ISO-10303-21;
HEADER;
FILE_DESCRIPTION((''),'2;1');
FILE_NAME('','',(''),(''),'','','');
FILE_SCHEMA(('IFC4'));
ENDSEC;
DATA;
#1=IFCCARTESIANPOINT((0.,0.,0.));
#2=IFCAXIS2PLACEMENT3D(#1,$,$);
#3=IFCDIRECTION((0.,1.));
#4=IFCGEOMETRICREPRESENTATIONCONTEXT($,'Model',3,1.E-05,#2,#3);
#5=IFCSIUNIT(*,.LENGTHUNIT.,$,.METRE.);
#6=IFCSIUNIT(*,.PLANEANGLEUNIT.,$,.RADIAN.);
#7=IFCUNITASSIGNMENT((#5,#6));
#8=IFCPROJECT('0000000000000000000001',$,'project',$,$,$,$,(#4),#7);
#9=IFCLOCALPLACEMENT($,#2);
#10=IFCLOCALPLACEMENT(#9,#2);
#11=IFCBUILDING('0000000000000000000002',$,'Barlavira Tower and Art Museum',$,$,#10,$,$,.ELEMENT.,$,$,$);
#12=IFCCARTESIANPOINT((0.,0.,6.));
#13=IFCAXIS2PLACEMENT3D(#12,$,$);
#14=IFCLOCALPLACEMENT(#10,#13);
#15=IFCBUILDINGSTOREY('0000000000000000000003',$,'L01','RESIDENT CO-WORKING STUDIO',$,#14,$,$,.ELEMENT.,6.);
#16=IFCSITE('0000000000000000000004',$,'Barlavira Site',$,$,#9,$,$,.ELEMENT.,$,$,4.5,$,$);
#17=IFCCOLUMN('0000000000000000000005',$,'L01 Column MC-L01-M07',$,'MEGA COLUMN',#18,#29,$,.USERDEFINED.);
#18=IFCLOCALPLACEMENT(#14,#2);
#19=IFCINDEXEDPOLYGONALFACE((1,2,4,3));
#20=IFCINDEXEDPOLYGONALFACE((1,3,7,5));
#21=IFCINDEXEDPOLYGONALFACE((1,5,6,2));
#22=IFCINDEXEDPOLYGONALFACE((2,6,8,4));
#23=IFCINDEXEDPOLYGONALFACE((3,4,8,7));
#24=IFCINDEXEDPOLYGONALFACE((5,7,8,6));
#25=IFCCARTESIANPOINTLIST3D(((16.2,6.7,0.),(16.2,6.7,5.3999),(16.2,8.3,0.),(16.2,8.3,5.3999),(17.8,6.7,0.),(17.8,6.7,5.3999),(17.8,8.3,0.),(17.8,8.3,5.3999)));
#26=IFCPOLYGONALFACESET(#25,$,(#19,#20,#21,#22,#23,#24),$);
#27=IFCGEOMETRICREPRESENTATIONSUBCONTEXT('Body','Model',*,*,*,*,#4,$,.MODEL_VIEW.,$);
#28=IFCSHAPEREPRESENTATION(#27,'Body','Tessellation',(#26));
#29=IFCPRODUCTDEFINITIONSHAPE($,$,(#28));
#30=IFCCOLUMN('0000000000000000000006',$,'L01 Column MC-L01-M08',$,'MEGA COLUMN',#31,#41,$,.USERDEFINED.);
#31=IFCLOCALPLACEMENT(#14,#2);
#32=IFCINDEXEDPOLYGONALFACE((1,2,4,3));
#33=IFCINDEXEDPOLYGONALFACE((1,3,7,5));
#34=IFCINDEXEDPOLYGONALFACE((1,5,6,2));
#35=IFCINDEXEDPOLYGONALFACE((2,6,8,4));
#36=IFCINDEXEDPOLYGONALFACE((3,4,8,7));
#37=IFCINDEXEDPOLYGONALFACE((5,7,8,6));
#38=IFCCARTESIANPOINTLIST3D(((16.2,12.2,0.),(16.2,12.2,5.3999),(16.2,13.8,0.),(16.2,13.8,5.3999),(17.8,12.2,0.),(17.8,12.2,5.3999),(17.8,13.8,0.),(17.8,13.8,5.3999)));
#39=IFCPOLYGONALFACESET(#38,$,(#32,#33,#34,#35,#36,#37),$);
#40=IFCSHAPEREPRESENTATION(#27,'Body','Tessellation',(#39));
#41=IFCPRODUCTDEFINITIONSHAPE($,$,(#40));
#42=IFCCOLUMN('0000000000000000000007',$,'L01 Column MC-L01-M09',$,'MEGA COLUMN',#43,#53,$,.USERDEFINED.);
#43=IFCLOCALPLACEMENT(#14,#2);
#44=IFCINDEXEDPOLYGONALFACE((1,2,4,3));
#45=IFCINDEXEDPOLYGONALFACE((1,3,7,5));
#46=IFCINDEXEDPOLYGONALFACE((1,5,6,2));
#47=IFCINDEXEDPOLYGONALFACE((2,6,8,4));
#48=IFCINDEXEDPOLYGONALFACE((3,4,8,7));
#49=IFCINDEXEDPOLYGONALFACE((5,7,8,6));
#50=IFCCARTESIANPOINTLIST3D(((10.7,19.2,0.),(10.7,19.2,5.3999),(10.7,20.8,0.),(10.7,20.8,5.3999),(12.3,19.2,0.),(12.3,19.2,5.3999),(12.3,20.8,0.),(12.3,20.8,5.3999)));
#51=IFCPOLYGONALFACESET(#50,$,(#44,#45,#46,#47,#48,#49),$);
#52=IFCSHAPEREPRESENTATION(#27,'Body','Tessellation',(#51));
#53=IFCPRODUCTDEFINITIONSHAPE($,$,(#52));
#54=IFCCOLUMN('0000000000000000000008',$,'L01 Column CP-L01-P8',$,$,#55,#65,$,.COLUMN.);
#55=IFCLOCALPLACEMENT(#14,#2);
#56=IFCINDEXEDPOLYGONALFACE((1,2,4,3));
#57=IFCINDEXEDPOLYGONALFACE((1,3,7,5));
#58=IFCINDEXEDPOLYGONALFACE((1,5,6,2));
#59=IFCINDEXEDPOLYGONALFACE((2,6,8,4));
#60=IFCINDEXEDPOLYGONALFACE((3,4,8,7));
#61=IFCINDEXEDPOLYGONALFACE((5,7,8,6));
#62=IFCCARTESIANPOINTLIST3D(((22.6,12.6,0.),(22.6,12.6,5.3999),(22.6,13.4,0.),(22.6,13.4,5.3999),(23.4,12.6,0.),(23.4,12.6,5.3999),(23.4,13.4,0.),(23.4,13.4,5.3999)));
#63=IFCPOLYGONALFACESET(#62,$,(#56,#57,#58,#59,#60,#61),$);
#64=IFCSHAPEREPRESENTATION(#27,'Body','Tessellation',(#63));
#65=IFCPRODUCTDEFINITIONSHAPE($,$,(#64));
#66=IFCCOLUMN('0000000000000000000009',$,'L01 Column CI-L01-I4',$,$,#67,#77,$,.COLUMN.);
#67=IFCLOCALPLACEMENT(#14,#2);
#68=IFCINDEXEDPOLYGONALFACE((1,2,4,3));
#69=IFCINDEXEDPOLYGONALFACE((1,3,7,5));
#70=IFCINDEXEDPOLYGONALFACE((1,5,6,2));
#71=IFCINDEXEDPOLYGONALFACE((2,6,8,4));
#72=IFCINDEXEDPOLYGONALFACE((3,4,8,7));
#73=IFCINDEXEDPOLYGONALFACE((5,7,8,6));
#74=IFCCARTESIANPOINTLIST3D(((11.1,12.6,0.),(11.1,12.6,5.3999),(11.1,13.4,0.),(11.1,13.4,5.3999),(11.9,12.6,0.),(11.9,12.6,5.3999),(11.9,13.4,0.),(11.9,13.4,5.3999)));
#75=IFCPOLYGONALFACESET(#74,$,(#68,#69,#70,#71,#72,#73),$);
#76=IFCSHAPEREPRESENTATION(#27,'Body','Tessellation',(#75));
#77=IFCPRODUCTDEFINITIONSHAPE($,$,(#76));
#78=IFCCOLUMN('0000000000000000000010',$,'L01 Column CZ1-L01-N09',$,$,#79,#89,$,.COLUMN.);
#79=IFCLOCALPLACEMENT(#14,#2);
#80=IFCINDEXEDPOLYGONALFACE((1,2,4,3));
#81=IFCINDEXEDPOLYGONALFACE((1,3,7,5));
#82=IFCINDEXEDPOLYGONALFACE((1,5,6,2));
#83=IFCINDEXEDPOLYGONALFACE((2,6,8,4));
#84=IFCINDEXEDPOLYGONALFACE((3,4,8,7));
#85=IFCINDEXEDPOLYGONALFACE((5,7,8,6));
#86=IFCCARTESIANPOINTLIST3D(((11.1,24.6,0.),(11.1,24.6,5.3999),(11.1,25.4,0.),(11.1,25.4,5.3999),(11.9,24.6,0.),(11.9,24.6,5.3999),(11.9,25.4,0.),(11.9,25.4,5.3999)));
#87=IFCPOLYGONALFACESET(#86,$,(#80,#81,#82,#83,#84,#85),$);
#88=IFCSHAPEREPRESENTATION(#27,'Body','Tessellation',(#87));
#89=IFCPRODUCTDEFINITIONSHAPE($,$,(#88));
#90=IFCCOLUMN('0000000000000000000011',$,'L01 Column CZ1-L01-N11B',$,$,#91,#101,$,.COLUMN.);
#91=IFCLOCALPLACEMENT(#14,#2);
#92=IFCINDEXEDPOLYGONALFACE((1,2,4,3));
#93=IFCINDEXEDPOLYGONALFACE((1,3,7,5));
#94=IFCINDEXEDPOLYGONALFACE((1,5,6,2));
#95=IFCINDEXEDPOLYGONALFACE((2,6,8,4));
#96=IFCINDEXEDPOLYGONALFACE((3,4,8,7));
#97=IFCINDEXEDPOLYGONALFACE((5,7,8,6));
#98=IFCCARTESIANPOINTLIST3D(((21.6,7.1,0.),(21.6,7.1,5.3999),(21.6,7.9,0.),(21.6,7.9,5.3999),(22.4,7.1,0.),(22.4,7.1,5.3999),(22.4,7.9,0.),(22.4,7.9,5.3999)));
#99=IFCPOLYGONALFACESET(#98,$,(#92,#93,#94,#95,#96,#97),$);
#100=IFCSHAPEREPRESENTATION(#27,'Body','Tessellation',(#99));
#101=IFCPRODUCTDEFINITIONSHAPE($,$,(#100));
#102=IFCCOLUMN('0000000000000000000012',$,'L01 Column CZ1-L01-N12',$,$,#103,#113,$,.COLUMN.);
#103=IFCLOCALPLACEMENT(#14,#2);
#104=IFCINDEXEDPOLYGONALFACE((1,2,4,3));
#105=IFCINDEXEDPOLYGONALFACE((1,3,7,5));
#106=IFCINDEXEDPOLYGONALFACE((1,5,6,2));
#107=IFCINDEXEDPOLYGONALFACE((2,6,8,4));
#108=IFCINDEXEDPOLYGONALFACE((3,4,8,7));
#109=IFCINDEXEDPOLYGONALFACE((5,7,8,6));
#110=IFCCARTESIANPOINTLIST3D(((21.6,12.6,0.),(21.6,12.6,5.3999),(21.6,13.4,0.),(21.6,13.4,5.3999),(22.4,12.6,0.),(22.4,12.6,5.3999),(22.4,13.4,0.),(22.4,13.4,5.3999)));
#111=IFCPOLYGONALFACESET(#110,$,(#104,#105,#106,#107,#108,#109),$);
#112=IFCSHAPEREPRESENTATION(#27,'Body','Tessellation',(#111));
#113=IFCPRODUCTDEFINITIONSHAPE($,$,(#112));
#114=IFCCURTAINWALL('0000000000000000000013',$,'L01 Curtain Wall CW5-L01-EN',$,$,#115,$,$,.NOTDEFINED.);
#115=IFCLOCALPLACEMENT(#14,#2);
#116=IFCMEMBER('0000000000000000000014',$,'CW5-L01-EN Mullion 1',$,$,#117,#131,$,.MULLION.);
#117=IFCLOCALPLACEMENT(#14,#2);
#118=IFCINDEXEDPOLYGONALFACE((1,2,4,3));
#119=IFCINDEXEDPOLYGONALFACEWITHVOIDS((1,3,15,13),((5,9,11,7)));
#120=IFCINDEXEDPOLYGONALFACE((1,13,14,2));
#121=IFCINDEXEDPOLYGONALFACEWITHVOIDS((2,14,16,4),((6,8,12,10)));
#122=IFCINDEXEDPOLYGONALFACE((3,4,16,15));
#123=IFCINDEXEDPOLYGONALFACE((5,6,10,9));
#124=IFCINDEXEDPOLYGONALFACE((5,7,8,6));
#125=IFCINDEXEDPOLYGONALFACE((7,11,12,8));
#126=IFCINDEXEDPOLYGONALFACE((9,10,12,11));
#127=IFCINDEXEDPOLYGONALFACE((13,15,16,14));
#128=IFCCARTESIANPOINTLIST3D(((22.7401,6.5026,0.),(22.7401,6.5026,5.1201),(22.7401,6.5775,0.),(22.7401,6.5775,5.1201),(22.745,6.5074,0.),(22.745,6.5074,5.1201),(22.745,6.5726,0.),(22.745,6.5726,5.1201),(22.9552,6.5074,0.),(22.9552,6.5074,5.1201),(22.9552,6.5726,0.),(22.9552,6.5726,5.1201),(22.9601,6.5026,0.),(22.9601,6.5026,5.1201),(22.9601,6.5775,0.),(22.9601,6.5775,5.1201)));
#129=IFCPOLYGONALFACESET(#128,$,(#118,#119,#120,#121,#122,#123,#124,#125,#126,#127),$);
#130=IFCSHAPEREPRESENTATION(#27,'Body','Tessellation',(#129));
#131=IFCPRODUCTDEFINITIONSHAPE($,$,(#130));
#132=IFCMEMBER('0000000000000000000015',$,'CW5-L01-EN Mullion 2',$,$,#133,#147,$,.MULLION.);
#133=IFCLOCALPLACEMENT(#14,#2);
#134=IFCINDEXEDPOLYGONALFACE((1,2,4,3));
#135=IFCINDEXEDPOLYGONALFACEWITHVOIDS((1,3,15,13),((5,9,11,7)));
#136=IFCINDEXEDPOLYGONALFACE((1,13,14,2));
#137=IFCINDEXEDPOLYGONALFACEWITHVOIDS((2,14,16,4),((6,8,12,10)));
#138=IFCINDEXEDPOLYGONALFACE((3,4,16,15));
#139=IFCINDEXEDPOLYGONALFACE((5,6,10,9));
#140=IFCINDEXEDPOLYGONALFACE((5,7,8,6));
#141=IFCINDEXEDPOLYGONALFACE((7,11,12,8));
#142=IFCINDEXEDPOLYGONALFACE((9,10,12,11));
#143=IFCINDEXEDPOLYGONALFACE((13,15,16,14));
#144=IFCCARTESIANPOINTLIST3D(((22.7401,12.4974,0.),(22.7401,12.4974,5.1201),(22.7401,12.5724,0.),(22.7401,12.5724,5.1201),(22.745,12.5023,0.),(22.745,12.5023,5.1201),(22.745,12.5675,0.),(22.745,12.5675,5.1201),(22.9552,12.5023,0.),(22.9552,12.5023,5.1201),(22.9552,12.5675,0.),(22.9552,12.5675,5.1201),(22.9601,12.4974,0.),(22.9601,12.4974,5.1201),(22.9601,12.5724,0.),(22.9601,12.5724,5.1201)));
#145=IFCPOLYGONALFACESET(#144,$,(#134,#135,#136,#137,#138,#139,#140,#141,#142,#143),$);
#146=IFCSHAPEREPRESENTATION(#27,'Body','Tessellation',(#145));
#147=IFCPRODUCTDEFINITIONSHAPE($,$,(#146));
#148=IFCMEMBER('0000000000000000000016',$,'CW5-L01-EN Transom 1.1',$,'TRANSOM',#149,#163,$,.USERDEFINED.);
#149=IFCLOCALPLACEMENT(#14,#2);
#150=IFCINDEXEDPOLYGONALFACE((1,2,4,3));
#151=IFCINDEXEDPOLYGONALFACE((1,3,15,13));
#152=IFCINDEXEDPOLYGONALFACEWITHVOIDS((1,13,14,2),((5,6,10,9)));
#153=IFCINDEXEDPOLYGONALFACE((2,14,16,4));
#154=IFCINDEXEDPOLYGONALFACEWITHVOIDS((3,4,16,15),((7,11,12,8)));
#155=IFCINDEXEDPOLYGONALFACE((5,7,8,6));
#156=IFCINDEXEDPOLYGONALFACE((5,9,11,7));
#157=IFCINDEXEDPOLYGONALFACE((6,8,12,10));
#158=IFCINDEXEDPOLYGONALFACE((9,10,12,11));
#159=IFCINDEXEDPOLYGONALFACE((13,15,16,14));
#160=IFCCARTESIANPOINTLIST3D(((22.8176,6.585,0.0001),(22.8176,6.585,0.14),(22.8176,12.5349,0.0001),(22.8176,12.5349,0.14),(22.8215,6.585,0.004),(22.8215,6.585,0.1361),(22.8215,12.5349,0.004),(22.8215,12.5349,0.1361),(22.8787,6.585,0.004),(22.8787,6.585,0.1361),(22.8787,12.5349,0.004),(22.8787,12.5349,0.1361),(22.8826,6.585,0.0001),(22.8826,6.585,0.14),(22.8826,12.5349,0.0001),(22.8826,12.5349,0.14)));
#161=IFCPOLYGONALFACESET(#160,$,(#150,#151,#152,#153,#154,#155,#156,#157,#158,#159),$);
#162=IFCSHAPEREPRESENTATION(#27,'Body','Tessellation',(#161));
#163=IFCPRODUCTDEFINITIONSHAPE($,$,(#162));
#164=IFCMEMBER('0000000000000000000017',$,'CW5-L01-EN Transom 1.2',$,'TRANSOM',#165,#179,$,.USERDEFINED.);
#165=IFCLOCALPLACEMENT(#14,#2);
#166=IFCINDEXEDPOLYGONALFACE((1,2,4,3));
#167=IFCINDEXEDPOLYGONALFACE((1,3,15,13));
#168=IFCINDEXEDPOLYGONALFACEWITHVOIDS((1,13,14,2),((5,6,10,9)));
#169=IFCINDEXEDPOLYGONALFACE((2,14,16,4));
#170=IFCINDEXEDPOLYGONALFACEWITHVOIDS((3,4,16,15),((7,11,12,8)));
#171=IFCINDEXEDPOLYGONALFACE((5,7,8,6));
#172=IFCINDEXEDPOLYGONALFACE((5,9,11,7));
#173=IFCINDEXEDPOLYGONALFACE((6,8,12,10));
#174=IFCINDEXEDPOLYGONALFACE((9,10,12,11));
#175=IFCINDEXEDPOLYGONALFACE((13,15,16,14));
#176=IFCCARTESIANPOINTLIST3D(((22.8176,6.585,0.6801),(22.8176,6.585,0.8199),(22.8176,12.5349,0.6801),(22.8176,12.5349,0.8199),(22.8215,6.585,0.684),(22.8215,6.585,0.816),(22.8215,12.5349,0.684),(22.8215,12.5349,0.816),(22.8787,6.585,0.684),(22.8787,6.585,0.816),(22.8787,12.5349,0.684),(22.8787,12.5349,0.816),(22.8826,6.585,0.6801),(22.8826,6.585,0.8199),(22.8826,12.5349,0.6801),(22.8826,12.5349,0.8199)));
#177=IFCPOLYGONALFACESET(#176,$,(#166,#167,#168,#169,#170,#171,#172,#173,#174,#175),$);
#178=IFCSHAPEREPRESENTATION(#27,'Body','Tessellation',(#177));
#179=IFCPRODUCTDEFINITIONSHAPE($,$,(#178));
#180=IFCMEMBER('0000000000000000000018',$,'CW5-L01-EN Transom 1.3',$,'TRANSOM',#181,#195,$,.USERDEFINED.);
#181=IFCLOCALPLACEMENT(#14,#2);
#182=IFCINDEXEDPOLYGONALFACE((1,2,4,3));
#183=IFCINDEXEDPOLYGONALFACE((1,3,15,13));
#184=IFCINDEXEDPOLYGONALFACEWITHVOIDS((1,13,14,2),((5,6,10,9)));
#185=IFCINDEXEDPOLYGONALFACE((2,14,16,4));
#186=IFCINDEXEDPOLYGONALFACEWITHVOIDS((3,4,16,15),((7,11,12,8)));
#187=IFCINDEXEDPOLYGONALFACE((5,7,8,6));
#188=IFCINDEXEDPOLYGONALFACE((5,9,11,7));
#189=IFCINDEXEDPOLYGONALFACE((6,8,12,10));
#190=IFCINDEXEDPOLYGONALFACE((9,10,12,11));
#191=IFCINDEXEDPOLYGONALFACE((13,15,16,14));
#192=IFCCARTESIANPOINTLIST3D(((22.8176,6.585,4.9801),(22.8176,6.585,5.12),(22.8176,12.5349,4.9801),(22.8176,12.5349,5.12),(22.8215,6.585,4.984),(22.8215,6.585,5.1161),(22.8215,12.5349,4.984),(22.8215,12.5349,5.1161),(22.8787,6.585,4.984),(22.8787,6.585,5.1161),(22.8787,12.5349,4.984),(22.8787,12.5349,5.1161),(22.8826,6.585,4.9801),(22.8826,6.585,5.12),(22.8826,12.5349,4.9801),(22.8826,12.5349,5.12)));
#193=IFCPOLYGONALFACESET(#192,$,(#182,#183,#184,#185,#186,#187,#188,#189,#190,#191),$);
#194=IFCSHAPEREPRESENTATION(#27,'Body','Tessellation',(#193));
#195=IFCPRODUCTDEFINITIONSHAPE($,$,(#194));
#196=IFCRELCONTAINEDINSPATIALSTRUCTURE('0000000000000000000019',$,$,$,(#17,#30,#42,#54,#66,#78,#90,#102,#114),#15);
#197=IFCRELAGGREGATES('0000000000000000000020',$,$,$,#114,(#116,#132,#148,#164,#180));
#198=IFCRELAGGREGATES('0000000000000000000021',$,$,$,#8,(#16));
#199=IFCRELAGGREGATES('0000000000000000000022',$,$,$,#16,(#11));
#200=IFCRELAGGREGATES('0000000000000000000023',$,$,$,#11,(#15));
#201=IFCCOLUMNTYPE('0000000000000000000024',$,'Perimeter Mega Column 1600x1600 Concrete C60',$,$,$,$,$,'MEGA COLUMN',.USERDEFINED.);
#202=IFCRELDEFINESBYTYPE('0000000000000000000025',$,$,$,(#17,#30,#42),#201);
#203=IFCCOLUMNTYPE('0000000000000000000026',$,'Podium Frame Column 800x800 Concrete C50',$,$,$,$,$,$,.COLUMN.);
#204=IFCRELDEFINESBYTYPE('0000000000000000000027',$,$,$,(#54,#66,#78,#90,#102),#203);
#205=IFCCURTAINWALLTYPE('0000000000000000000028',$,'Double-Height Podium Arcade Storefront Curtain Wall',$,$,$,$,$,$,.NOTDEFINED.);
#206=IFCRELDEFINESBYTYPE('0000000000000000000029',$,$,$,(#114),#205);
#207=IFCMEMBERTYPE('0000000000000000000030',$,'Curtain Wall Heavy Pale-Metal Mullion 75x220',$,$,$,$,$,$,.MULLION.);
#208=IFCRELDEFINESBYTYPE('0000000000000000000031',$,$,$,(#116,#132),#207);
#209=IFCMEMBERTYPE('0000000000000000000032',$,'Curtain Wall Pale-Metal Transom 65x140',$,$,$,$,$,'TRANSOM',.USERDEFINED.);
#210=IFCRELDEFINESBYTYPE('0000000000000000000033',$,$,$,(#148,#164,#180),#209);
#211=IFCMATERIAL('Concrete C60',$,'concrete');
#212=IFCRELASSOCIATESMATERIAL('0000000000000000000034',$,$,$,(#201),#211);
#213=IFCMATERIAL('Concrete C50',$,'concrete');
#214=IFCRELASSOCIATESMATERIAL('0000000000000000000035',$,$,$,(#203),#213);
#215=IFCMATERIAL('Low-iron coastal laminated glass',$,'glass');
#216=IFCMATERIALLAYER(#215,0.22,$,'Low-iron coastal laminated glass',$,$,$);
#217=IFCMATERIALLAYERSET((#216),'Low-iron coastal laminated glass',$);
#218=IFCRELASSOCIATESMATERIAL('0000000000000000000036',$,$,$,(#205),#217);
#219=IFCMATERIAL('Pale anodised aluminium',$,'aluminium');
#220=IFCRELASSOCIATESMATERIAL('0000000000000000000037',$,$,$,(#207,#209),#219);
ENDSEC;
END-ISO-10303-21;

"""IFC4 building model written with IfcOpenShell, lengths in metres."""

from ifc_helpers import new_model, si_unit, direction, frame, origin, origin_2d, place, context, subcontext, project, spatial, rectangle, hollow_rectangle, extrude, material, layer, layer_set, material_profile, profile_set, type_object, element, aggregate, save


model = new_model("IFC4")

# Units and contexts
model_context = context("Model", 3, precision=1e-05, world=origin(), true_north=direction((0.0, 1.0)))
body_context = subcontext(model_context, "Body", "Model", "MODEL_VIEW")
ifc_project = project(units=[si_unit("LENGTHUNIT", "METRE"), si_unit("PLANEANGLEUNIT", "RADIAN")], contexts=[model_context])

# Site, building, storey
site_placement = place(None, origin())
site = spatial("IfcSite", under=ifc_project, at=site_placement, Name="Barlavira Site", CompositionType="ELEMENT", RefElevation=4.5)
building_placement = place(site_placement, origin())
building = spatial("IfcBuilding", under=site, at=building_placement, Name="Barlavira Tower and Art Museum", CompositionType="ELEMENT")
storey_placement = place(building_placement, frame((0.0, 0.0, 6.0)))
storey = spatial("IfcBuildingStorey", under=building, at=storey_placement, Name="L01", Description="RESIDENT CO-WORKING STUDIO", CompositionType="ELEMENT", Elevation=6.0)

# Columns
ifc_material_1 = material(Name="Concrete C60", Category="concrete")
ifc_material_profile_1 = material_profile(ifc_material_1, rectangle(XDim=1.6001, YDim=1.6001, at=origin_2d()), Name="RC-MCOL 1600x1600")
ifc_profile_set_1 = profile_set([ifc_material_profile_1], Name="Concrete C60")
column_type_1 = type_object("IfcColumnType", Name="Perimeter Mega Column 1600x1600 Concrete C60", ElementType="MEGA COLUMN", PredefinedType="USERDEFINED", material=ifc_profile_set_1)
for number, where, z_axis, x_axis, name in (
    (1, (17.0, 7.5, 0.0), (0.0, 0.0, 1.0), (1.0, 0.0, 0.0), "L01 Column MC-L01-M07"),
    (2, (17.0, 13.0, 0.0), (0.0, 0.0, 1.0), (1.0, 0.0, 0.0), "L01 Column MC-L01-M08"),
    (3, (11.5, 20.0, 0.0), (0.0, 0.0, 1.0), (1.0, 0.0, 0.0), "L01 Column MC-L01-M09"),
):
    element("IfcColumn", number, at=place(storey_placement, frame(where, z_axis=z_axis, x_axis=x_axis)), inside=storey, type_object=column_type_1, Name=name, ObjectType="MEGA COLUMN", PredefinedType="USERDEFINED", context=body_context, shape_type="SweptSolid", body=[
        extrude(rectangle(XDim=1.6001, YDim=1.6001, at=origin_2d()), origin(), (0.0, 0.0, 1.0), 5.3999),
    ])
ifc_material_2 = material(Name="Concrete C50", Category="concrete")
ifc_material_profile_2 = material_profile(ifc_material_2, rectangle(XDim=0.8, YDim=0.8, at=origin_2d()), Name="RC-COL 800x800")
ifc_profile_set_2 = profile_set([ifc_material_profile_2], Name="Concrete C50")
column_type_2 = type_object("IfcColumnType", Name="Podium Frame Column 800x800 Concrete C50", PredefinedType="COLUMN", material=ifc_profile_set_2)
for number, where, z_axis, x_axis, name in (
    (4, (23.0, 13.0, 0.0), (0.0, 0.0, 1.0), (1.0, 0.0, 0.0), "L01 Column CP-L01-P8"),
    (5, (11.5, 13.0, 0.0), (0.0, 0.0, 1.0), (1.0, 0.0, 0.0), "L01 Column CI-L01-I4"),
    (6, (11.5, 25.0, 0.0), (0.0, 0.0, 1.0), (1.0, 0.0, 0.0), "L01 Column CZ1-L01-N09"),
    (7, (22.0, 7.5, 0.0), (0.0, 0.0, 1.0), (1.0, 0.0, 0.0), "L01 Column CZ1-L01-N11B"),
    (8, (22.0, 13.0, 0.0), (0.0, 0.0, 1.0), (1.0, 0.0, 0.0), "L01 Column CZ1-L01-N12"),
):
    element("IfcColumn", number, at=place(storey_placement, frame(where, z_axis=z_axis, x_axis=x_axis)), inside=storey, type_object=column_type_2, Name=name, PredefinedType="COLUMN", context=body_context, shape_type="SweptSolid", body=[
        extrude(rectangle(XDim=0.8, YDim=0.8, at=origin_2d()), origin(), (0.0, 0.0, 1.0), 5.3999),
    ])

# Curtain wall, members
ifc_material_3 = material(Name="Low-iron coastal laminated glass", Category="glass")
ifc_layer_1 = layer(ifc_material_3, 0.22, Name="Low-iron coastal laminated glass")
ifc_layer_set_1 = layer_set([ifc_layer_1], Name="Low-iron coastal laminated glass")
curtain_wall_type = type_object("IfcCurtainWallType", Name="Double-Height Podium Arcade Storefront Curtain Wall", PredefinedType="NOTDEFINED", material=ifc_layer_set_1)
curtain_wall_placement = place(storey_placement, origin())
curtain_wall = element("IfcCurtainWall", 9, at=curtain_wall_placement, inside=storey, type_object=curtain_wall_type, Name="L01 Curtain Wall CW5-L01-EN", PredefinedType="NOTDEFINED")
ifc_material_4 = material(Name="Pale anodised aluminium", Category="aluminium")
ifc_material_profile_3 = material_profile(ifc_material_4, hollow_rectangle(XDim=0.075, YDim=0.22, WallThickness=0.0049, at=origin_2d()), Name="ALU-MULL 75x220x5")
ifc_profile_set_3 = profile_set([ifc_material_profile_3], Name="Pale anodised aluminium")
member_type_1 = type_object("IfcMemberType", Name="Curtain Wall Heavy Pale-Metal Mullion 75x220", PredefinedType="MULLION", material=ifc_profile_set_3)
member_1_placement = place(storey_placement, frame((22.8501, 6.54, 0.0), z_axis=(0.0, 0.0, 1.0), x_axis=(0.0, 1.0, 0.0)))
member_1 = element("IfcMember", 10, at=member_1_placement, type_object=member_type_1, Name="CW5-L01-EN Mullion 1", PredefinedType="MULLION", context=body_context, shape_type="SweptSolid", body=[
    extrude(hollow_rectangle(XDim=0.075, YDim=0.22, WallThickness=0.0049, at=origin_2d()), origin(), (0.0, 0.0, 1.0), 5.1201),
])
member_2_placement = place(storey_placement, frame((22.8501, 12.5349, 0.0), z_axis=(0.0, 0.0, 1.0), x_axis=(0.0, 1.0, 0.0)))
member_2 = element("IfcMember", 11, at=member_2_placement, type_object=member_type_1, Name="CW5-L01-EN Mullion 2", PredefinedType="MULLION", context=body_context, shape_type="SweptSolid", body=[
    extrude(hollow_rectangle(XDim=0.075, YDim=0.22, WallThickness=0.0049, at=origin_2d()), origin(), (0.0, 0.0, 1.0), 5.1201),
])
ifc_material_profile_4 = material_profile(ifc_material_4, hollow_rectangle(XDim=0.0649, YDim=0.1399, WallThickness=0.0039, at=origin_2d()), Name="ALU-TRAN 65x140x4")
ifc_profile_set_4 = profile_set([ifc_material_profile_4], Name="Pale anodised aluminium")
member_type_2 = type_object("IfcMemberType", Name="Curtain Wall Pale-Metal Transom 65x140", ElementType="TRANSOM", PredefinedType="USERDEFINED", material=ifc_profile_set_4)
member_3_placement = place(storey_placement, frame((22.8501, 6.585, 0.0701), z_axis=(0.0, 1.0, 0.0), x_axis=(-1.0, 0.0, 0.0)))
member_3 = element("IfcMember", 12, at=member_3_placement, type_object=member_type_2, Name="CW5-L01-EN Transom 1.1", ObjectType="TRANSOM", PredefinedType="USERDEFINED", context=body_context, shape_type="SweptSolid", body=[
    extrude(hollow_rectangle(XDim=0.0649, YDim=0.1399, WallThickness=0.0039, at=origin_2d()), origin(), (0.0, 0.0, 1.0), 5.95),
])
member_4_placement = place(storey_placement, frame((22.8501, 6.585, 0.75), z_axis=(0.0, 1.0, 0.0), x_axis=(-1.0, 0.0, 0.0)))
member_4 = element("IfcMember", 13, at=member_4_placement, type_object=member_type_2, Name="CW5-L01-EN Transom 1.2", ObjectType="TRANSOM", PredefinedType="USERDEFINED", context=body_context, shape_type="SweptSolid", body=[
    extrude(hollow_rectangle(XDim=0.0649, YDim=0.1399, WallThickness=0.0039, at=origin_2d()), origin(), (0.0, 0.0, 1.0), 5.95),
])
member_5_placement = place(storey_placement, frame((22.8501, 6.585, 5.05), z_axis=(0.0, 1.0, 0.0), x_axis=(-1.0, 0.0, 0.0)))
member_5 = element("IfcMember", 14, at=member_5_placement, type_object=member_type_2, Name="CW5-L01-EN Transom 1.3", ObjectType="TRANSOM", PredefinedType="USERDEFINED", context=body_context, shape_type="SweptSolid", body=[
    extrude(hollow_rectangle(XDim=0.0649, YDim=0.1399, WallThickness=0.0039, at=origin_2d()), origin(), (0.0, 0.0, 1.0), 5.95),
])

aggregate(curtain_wall, [member_1, member_2, member_3, member_4, member_5])

save(model, "model.ifc")
